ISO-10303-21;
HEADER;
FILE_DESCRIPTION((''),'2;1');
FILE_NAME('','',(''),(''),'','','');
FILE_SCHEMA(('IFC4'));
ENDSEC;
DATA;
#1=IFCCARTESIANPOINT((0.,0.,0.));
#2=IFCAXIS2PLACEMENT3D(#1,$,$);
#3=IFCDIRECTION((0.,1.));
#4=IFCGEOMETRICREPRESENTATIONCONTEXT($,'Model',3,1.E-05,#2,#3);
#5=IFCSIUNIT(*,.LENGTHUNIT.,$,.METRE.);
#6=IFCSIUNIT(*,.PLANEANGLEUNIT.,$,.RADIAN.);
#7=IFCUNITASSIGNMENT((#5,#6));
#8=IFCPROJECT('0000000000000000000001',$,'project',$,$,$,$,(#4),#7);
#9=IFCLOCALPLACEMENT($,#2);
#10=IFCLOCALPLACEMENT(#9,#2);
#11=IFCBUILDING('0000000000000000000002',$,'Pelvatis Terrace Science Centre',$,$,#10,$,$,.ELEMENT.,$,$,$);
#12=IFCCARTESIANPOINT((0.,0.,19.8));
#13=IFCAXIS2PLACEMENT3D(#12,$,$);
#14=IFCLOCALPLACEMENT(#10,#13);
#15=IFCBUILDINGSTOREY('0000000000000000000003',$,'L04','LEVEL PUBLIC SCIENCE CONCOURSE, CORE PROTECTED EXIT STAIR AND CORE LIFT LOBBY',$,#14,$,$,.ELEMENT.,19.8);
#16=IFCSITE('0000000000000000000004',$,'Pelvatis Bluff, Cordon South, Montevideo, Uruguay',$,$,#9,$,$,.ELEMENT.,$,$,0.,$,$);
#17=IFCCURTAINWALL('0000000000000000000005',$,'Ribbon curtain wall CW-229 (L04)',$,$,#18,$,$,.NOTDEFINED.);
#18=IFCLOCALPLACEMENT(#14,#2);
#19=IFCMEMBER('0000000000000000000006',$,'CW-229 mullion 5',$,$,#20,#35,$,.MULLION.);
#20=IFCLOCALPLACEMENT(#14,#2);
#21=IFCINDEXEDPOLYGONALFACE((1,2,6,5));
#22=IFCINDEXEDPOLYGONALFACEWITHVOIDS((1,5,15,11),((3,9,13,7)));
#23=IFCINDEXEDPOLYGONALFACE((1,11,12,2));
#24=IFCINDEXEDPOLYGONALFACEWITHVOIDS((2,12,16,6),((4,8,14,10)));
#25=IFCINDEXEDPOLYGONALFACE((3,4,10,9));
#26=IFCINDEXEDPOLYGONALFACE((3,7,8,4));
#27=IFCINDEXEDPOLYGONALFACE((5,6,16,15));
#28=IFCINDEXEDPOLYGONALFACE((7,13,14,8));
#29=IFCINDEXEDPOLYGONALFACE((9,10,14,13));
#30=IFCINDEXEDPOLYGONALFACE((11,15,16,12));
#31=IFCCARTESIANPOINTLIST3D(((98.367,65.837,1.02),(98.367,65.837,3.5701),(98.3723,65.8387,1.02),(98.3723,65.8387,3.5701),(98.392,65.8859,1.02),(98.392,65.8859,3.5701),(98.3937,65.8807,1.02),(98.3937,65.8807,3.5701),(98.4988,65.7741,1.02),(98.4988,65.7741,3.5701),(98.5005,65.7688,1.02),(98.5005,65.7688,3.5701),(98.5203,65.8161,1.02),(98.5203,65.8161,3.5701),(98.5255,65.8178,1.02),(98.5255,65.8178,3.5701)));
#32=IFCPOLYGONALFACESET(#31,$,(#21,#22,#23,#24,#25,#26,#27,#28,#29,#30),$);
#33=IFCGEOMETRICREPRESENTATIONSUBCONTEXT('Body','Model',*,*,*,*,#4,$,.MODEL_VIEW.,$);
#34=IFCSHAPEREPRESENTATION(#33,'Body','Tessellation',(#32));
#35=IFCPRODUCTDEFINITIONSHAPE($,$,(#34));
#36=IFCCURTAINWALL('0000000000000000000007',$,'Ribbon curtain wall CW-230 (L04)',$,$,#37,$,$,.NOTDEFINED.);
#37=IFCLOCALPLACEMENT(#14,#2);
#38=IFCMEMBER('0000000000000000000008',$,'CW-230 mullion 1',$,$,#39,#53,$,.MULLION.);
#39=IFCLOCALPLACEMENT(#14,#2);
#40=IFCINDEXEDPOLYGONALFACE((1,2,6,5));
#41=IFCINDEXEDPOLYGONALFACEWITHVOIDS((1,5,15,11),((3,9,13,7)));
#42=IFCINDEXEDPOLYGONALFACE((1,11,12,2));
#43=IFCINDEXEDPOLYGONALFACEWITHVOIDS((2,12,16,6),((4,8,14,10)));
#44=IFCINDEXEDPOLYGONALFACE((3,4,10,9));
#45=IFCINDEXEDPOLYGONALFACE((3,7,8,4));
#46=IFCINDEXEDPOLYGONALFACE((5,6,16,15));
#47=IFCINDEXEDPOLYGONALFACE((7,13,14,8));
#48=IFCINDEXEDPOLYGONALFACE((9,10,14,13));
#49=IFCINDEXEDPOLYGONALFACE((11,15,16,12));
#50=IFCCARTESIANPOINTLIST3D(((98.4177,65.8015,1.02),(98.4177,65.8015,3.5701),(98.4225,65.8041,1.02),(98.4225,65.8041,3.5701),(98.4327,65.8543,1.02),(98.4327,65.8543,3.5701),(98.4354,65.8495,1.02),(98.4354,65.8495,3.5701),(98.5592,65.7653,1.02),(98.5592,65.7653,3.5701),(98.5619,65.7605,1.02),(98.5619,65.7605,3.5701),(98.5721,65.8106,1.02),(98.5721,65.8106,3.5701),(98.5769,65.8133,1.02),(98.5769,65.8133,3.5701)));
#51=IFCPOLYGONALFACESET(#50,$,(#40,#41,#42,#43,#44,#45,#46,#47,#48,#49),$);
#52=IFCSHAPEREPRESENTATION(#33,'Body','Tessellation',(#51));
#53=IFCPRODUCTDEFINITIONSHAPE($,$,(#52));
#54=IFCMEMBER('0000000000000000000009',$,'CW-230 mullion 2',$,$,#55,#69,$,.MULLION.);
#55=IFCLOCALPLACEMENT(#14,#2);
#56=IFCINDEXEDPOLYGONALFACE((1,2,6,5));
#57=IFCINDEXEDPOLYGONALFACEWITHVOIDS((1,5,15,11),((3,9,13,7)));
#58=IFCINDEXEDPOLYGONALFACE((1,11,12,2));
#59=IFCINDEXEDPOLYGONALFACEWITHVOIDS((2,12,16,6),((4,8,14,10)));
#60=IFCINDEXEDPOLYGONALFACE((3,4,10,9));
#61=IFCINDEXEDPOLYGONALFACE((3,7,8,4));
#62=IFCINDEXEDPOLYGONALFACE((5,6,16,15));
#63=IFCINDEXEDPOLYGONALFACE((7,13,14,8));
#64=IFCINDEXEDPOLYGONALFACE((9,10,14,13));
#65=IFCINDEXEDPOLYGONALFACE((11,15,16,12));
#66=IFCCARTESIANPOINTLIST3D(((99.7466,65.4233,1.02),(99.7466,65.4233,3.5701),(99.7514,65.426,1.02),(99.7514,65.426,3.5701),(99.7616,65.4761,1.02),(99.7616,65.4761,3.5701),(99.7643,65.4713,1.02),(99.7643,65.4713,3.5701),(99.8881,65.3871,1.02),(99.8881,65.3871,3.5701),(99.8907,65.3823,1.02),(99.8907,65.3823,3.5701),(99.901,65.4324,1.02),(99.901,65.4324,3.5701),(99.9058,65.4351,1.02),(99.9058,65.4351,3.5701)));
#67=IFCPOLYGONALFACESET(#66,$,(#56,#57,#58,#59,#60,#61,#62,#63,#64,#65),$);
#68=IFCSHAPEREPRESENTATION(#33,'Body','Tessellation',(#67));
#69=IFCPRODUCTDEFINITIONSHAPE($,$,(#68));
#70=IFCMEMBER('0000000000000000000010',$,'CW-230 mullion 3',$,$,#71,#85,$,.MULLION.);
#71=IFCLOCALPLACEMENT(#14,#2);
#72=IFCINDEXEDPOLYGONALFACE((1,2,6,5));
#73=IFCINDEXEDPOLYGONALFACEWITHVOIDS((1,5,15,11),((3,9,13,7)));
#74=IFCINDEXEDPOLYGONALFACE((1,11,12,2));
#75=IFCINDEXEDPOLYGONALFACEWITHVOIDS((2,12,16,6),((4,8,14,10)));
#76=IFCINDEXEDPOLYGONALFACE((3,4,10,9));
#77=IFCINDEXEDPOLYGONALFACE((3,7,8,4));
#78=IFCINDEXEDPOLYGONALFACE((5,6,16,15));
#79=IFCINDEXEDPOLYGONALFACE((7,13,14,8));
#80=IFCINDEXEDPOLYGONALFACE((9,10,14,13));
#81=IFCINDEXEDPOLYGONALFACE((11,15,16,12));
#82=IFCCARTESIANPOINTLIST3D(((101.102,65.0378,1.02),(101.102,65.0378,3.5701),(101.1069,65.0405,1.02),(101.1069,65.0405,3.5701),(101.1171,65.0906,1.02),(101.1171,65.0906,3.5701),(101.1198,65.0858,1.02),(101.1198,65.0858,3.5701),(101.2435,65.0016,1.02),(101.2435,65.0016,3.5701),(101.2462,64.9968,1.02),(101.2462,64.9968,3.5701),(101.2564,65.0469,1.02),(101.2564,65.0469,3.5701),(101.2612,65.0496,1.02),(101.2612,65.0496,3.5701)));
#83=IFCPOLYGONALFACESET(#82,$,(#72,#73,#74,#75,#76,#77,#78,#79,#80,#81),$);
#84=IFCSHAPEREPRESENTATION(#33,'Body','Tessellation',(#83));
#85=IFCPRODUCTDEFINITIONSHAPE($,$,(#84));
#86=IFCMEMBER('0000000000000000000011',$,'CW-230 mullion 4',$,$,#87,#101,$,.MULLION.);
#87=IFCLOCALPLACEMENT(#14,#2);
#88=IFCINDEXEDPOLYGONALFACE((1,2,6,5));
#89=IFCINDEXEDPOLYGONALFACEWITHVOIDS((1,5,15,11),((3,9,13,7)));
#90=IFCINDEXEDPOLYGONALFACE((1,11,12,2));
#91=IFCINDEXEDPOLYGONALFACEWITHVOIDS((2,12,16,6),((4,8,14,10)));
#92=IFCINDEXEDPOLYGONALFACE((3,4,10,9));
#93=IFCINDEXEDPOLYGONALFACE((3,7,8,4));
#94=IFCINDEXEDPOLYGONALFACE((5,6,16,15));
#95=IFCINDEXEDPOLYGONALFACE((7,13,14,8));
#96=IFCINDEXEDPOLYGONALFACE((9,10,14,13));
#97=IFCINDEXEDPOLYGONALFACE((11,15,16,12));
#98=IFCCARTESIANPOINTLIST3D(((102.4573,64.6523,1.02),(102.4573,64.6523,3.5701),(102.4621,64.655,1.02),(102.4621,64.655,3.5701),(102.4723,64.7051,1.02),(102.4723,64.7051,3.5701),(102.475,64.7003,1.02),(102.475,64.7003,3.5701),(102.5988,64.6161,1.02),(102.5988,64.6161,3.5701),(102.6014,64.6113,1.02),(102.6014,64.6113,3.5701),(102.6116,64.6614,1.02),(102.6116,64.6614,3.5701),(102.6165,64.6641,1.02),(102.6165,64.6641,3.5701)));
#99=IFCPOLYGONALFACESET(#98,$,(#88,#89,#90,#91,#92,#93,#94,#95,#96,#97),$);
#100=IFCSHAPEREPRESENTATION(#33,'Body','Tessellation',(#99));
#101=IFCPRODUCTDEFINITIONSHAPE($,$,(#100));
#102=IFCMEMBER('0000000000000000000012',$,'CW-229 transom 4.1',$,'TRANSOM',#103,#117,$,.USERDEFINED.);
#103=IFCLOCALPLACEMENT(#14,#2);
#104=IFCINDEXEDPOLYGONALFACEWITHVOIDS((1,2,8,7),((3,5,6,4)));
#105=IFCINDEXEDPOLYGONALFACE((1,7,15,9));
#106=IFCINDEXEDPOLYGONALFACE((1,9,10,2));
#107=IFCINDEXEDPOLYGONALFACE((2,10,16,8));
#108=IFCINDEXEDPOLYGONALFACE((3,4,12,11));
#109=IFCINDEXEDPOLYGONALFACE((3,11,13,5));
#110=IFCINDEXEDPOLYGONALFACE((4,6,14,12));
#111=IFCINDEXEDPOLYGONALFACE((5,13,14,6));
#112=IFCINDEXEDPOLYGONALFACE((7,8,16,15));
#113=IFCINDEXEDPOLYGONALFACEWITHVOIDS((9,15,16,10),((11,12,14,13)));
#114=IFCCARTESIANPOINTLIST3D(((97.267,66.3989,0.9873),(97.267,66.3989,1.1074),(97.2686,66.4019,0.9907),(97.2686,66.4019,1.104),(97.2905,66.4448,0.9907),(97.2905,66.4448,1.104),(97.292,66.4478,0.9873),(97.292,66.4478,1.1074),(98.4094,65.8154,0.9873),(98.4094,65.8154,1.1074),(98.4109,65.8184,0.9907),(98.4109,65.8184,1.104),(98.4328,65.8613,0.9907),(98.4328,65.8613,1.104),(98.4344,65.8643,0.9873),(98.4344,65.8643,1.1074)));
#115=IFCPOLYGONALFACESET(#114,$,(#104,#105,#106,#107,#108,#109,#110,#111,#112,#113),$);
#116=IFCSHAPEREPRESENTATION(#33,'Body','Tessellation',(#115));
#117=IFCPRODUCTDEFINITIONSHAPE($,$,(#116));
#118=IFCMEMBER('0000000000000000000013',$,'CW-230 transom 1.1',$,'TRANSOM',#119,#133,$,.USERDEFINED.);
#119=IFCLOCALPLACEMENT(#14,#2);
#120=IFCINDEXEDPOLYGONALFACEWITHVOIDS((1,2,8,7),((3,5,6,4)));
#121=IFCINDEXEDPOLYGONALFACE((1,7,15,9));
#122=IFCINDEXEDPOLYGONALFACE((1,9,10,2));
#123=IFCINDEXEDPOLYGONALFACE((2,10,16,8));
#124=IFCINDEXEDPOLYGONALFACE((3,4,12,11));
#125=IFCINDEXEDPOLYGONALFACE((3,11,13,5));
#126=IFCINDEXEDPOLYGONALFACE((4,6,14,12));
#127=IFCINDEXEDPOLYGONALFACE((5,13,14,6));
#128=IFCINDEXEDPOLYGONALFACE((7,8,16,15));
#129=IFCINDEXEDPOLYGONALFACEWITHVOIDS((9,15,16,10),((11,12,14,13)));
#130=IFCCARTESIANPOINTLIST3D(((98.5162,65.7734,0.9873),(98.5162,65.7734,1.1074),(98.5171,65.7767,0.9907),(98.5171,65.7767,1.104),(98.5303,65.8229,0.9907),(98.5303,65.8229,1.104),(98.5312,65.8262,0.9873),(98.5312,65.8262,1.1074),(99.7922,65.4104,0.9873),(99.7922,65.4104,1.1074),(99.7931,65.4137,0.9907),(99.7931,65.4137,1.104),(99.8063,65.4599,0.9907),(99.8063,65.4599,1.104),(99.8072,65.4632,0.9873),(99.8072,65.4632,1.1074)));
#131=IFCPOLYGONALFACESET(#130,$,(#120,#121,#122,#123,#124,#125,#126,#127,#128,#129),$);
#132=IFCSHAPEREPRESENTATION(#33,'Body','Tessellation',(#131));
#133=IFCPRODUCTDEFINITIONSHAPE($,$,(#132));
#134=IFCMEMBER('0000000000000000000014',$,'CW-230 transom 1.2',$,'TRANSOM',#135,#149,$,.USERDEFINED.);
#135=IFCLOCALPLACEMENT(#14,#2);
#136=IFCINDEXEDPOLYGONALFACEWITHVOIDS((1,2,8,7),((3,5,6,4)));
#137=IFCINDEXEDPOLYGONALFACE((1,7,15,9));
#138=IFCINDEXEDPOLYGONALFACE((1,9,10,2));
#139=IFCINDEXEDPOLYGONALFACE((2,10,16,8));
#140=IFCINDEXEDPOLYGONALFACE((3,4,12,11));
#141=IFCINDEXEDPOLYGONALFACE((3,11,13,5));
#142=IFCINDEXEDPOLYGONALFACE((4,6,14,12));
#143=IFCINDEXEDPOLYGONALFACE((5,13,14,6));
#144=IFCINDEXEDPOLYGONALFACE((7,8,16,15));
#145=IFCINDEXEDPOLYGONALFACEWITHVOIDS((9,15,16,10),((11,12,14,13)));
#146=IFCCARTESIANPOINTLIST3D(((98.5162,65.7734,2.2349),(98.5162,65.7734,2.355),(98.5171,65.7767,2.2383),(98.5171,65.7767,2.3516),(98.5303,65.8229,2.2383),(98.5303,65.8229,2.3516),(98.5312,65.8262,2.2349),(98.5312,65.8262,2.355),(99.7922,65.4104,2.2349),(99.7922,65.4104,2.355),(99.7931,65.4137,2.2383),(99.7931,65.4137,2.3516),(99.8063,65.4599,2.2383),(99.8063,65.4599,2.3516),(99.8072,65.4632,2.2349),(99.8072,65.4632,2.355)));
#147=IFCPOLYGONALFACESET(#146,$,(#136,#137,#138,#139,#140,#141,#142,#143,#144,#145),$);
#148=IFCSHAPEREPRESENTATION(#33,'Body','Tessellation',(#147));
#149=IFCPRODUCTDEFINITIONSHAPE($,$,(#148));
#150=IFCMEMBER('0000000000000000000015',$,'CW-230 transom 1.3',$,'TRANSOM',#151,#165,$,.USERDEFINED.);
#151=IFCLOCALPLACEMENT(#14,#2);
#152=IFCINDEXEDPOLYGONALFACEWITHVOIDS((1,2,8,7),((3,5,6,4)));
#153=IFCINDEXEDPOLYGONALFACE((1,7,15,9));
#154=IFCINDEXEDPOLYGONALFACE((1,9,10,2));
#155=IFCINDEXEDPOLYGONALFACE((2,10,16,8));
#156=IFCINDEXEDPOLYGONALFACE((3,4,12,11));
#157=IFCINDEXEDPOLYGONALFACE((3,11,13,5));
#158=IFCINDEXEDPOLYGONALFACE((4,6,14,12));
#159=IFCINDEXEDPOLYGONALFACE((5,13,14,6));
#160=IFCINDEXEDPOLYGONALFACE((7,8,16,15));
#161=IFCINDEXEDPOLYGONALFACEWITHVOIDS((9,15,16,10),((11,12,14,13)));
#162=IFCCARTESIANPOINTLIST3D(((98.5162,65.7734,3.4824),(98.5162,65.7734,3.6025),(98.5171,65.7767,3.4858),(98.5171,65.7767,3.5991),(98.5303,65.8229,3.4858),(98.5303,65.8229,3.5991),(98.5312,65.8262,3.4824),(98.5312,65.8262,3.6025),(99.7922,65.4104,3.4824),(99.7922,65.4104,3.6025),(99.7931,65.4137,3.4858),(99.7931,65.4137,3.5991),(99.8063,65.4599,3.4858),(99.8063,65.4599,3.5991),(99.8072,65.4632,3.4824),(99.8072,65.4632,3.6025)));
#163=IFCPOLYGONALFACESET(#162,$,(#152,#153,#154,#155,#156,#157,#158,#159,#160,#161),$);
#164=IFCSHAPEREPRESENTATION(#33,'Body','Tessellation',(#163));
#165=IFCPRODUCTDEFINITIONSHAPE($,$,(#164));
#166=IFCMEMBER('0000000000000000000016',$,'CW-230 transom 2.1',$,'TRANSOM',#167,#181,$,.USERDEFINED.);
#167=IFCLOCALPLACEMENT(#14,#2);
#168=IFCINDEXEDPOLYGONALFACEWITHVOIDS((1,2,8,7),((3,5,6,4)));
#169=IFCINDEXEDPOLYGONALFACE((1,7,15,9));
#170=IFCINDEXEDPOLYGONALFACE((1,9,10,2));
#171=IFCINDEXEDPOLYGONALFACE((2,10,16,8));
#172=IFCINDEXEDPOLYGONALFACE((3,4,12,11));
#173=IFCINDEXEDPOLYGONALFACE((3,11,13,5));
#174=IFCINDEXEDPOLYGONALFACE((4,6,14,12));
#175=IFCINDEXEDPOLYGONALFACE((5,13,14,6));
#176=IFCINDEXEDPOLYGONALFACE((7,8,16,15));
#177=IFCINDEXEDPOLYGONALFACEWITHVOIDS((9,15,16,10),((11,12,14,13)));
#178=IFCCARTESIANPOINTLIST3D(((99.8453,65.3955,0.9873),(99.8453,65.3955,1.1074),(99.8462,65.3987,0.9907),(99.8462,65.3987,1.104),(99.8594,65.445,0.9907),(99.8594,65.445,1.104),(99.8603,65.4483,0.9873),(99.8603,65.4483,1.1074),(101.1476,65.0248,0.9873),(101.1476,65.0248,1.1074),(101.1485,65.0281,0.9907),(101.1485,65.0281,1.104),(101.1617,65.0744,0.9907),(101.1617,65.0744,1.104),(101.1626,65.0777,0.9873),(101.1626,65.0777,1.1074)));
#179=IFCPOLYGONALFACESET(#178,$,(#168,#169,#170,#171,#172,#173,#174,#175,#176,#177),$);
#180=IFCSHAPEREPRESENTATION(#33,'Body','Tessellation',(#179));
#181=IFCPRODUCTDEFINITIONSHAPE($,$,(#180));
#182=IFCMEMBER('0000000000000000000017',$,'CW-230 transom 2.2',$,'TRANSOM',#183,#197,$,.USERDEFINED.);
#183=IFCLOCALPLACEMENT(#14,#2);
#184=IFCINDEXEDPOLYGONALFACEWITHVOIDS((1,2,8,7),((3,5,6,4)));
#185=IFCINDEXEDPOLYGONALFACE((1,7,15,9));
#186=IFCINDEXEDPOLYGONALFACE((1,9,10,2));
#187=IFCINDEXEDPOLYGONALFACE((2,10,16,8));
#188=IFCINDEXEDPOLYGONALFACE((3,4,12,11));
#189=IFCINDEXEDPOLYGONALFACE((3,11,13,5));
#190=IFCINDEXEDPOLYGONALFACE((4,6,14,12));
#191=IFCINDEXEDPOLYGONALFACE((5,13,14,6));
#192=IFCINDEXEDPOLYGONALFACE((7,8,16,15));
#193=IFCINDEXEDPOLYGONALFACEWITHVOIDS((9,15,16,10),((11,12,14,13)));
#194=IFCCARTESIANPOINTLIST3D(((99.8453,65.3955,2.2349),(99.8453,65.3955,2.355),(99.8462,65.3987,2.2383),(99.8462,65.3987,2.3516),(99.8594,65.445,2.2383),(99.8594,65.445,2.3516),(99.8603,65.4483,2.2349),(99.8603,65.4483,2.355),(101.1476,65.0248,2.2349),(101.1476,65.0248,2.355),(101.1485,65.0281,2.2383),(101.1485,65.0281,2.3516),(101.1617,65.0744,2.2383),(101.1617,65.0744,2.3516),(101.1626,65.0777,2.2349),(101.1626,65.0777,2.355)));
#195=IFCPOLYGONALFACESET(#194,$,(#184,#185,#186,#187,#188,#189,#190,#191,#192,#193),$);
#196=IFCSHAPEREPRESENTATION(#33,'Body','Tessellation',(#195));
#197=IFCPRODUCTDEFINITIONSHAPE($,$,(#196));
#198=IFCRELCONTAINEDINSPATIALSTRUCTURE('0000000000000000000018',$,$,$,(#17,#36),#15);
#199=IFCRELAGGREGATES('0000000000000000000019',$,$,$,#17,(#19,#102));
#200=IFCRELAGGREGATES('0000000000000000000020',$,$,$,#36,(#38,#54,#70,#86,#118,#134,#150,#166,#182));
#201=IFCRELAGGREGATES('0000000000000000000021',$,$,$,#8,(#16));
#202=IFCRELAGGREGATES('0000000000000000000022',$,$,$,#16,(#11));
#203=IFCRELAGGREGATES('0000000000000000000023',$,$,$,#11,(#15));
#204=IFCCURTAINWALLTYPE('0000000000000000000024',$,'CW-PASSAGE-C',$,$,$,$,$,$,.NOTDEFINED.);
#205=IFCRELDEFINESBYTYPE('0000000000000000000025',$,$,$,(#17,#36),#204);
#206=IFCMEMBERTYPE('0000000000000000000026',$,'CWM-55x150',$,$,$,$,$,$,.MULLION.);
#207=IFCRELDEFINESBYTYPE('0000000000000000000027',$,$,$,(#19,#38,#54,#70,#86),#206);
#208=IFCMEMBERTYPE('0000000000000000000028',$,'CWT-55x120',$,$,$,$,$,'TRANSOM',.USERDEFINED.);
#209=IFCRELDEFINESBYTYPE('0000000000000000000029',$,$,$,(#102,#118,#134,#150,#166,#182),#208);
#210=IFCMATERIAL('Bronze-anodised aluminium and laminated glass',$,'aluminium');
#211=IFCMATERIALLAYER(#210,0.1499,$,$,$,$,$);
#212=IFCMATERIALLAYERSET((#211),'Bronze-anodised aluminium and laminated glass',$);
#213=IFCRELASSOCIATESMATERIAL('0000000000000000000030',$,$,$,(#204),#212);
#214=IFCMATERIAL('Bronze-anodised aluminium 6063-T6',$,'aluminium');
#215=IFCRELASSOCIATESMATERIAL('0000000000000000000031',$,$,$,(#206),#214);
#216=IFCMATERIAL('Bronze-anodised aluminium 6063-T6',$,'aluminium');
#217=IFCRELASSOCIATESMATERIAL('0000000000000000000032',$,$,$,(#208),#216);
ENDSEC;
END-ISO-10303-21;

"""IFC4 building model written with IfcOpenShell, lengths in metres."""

from ifc_helpers import new_model, si_unit, direction, frame, origin, origin_2d, place, context, subcontext, project, spatial, hollow_rectangle, extrude, material, layer, layer_set, material_profile, profile_set, type_object, element, aggregate, save


model = new_model("IFC4")

# Units and contexts
model_context = context("Model", 3, precision=1e-05, world=origin(), true_north=direction((0.0, 1.0)))
body_context = subcontext(model_context, "Body", "Model", "MODEL_VIEW")
ifc_project = project(units=[si_unit("LENGTHUNIT", "METRE"), si_unit("PLANEANGLEUNIT", "RADIAN")], contexts=[model_context])

# Site, building, storey
site_placement = place(None, origin())
site = spatial("IfcSite", under=ifc_project, at=site_placement, Name="Pelvatis Bluff, Cordon South, Montevideo, Uruguay", CompositionType="ELEMENT", RefElevation=0.0)
building_placement = place(site_placement, origin())
building = spatial("IfcBuilding", under=site, at=building_placement, Name="Pelvatis Terrace Science Centre", CompositionType="ELEMENT")
storey_placement = place(building_placement, frame((0.0, 0.0, 19.8)))
storey = spatial("IfcBuildingStorey", under=building, at=storey_placement, Name="L04", Description="LEVEL PUBLIC SCIENCE CONCOURSE, CORE PROTECTED EXIT STAIR AND CORE LIFT LOBBY", CompositionType="ELEMENT", Elevation=19.8)

# Curtain wall, member
ifc_material_1 = material(Name="Bronze-anodised aluminium and laminated glass", Category="aluminium")
ifc_layer_1 = layer(ifc_material_1, 0.1499)
ifc_layer_set_1 = layer_set([ifc_layer_1], Name="Bronze-anodised aluminium and laminated glass")
curtain_wall_type = type_object("IfcCurtainWallType", Name="CW-PASSAGE-C", PredefinedType="NOTDEFINED", material=ifc_layer_set_1)
curtain_wall_1_placement = place(storey_placement, origin())
curtain_wall_1 = element("IfcCurtainWall", 1, at=curtain_wall_1_placement, inside=storey, type_object=curtain_wall_type, Name="Ribbon curtain wall CW-229 (L04)", PredefinedType="NOTDEFINED")
ifc_material_2 = material(Name="Bronze-anodised aluminium 6063-T6", Category="aluminium")
ifc_material_profile_1 = material_profile(ifc_material_2, hollow_rectangle(XDim=0.0549, YDim=0.1499, WallThickness=0.0039, at=origin_2d()), Name="ALU-MUL 55x150")
ifc_profile_set_1 = profile_set([ifc_material_profile_1], Name="Bronze-anodised aluminium 6063-T6")
member_type_1 = type_object("IfcMemberType", Name="CWM-55x150", PredefinedType="MULLION", material=ifc_profile_set_1)
member_1_placement = place(storey_placement, frame((98.4463, 65.8274, 1.02), z_axis=(0.0, 0.0, 1.0), x_axis=(0.454859, 0.890564, 0.0)))
member_1 = element("IfcMember", 2, at=member_1_placement, type_object=member_type_1, Name="CW-229 mullion 5", PredefinedType="MULLION", context=body_context, shape_type="SweptSolid", body=[
    extrude(hollow_rectangle(XDim=0.0549, YDim=0.1499, WallThickness=0.0039, at=origin_2d()), origin(), (0.0, 0.0, 1.0), 2.55),
])

# Curtain wall, members
curtain_wall_2_placement = place(storey_placement, origin())
curtain_wall_2 = element("IfcCurtainWall", 3, at=curtain_wall_2_placement, inside=storey, type_object=curtain_wall_type, Name="Ribbon curtain wall CW-230 (L04)", PredefinedType="NOTDEFINED")
member_2_placement = place(storey_placement, frame((98.4973, 65.8074, 1.02), z_axis=(0.0, 0.0, 1.0), x_axis=(0.273577, 0.96185, 0.0)))
member_2 = element("IfcMember", 4, at=member_2_placement, type_object=member_type_1, Name="CW-230 mullion 1", PredefinedType="MULLION", context=body_context, shape_type="SweptSolid", body=[
    extrude(hollow_rectangle(XDim=0.0549, YDim=0.1499, WallThickness=0.0039, at=origin_2d()), origin(), (0.0, 0.0, 1.0), 2.55),
])
member_3_placement = place(storey_placement, frame((99.8262, 65.4292, 1.02), z_axis=(0.0, 0.0, 1.0), x_axis=(0.273577, 0.96185, 0.0)))
member_3 = element("IfcMember", 5, at=member_3_placement, type_object=member_type_1, Name="CW-230 mullion 2", PredefinedType="MULLION", context=body_context, shape_type="SweptSolid", body=[
    extrude(hollow_rectangle(XDim=0.0549, YDim=0.1499, WallThickness=0.0039, at=origin_2d()), origin(), (0.0, 0.0, 1.0), 2.55),
])
member_4_placement = place(storey_placement, frame((101.1816, 65.0437, 1.02), z_axis=(0.0, 0.0, 1.0), x_axis=(0.273577, 0.96185, 0.0)))
member_4 = element("IfcMember", 6, at=member_4_placement, type_object=member_type_1, Name="CW-230 mullion 3", PredefinedType="MULLION", context=body_context, shape_type="SweptSolid", body=[
    extrude(hollow_rectangle(XDim=0.0549, YDim=0.1499, WallThickness=0.0039, at=origin_2d()), origin(), (0.0, 0.0, 1.0), 2.55),
])
member_5_placement = place(storey_placement, frame((102.5369, 64.6582, 1.02), z_axis=(0.0, 0.0, 1.0), x_axis=(0.273577, 0.96185, 0.0)))
member_5 = element("IfcMember", 7, at=member_5_placement, type_object=member_type_1, Name="CW-230 mullion 4", PredefinedType="MULLION", context=body_context, shape_type="SweptSolid", body=[
    extrude(hollow_rectangle(XDim=0.0549, YDim=0.1499, WallThickness=0.0039, at=origin_2d()), origin(), (0.0, 0.0, 1.0), 2.55),
])

# Members
ifc_material_3 = material(Name="Bronze-anodised aluminium 6063-T6", Category="aluminium")
ifc_material_profile_2 = material_profile(ifc_material_3, hollow_rectangle(XDim=0.0549, YDim=0.1201, WallThickness=0.0034, at=origin_2d()), Name="ALU-TRN 55x120")
ifc_profile_set_2 = profile_set([ifc_material_profile_2], Name="Bronze-anodised aluminium 6063-T6")
member_type_2 = type_object("IfcMemberType", Name="CWT-55x120", ElementType="TRANSOM", PredefinedType="USERDEFINED", material=ifc_profile_set_2)
member_6_placement = place(storey_placement, frame((97.2795, 66.4233, 1.0474), z_axis=(0.890549, -0.454886, 0.0), x_axis=(0.454886, 0.890549, 0.0)))
member_6 = element("IfcMember", 8, at=member_6_placement, type_object=member_type_2, Name="CW-229 transom 4.1", ObjectType="TRANSOM", PredefinedType="USERDEFINED", context=body_context, shape_type="SweptSolid", body=[
    extrude(hollow_rectangle(XDim=0.0549, YDim=0.1201, WallThickness=0.0034, at=origin_2d()), origin(), (0.0, 0.0, 1.0), 1.2827),
])
member_7_placement = place(storey_placement, frame((98.5237, 65.7998, 1.0474), z_axis=(0.961836, -0.273627, 0.0), x_axis=(0.273627, 0.961836, 0.0)))
member_7 = element("IfcMember", 9, at=member_7_placement, type_object=member_type_2, Name="CW-230 transom 1.1", ObjectType="TRANSOM", PredefinedType="USERDEFINED", context=body_context, shape_type="SweptSolid", body=[
    extrude(hollow_rectangle(XDim=0.0549, YDim=0.1201, WallThickness=0.0034, at=origin_2d()), origin(), (0.0, 0.0, 1.0), 1.3267),
])
member_8_placement = place(storey_placement, frame((98.5237, 65.7998, 2.2949), z_axis=(0.961836, -0.273627, 0.0), x_axis=(0.273627, 0.961836, 0.0)))
member_8 = element("IfcMember", 10, at=member_8_placement, type_object=member_type_2, Name="CW-230 transom 1.2", ObjectType="TRANSOM", PredefinedType="USERDEFINED", context=body_context, shape_type="SweptSolid", body=[
    extrude(hollow_rectangle(XDim=0.0549, YDim=0.1201, WallThickness=0.0034, at=origin_2d()), origin(), (0.0, 0.0, 1.0), 1.3267),
])
member_9_placement = place(storey_placement, frame((98.5237, 65.7998, 3.5425), z_axis=(0.961836, -0.273627, 0.0), x_axis=(0.273627, 0.961836, 0.0)))
member_9 = element("IfcMember", 11, at=member_9_placement, type_object=member_type_2, Name="CW-230 transom 1.3", ObjectType="TRANSOM", PredefinedType="USERDEFINED", context=body_context, shape_type="SweptSolid", body=[
    extrude(hollow_rectangle(XDim=0.0549, YDim=0.1201, WallThickness=0.0034, at=origin_2d()), origin(), (0.0, 0.0, 1.0), 1.3267),
])
member_10_placement = place(storey_placement, frame((99.8528, 65.4219, 1.0474), z_axis=(0.961809, -0.273721, 0.0), x_axis=(0.273721, 0.961809, 0.0)))
member_10 = element("IfcMember", 12, at=member_10_placement, type_object=member_type_2, Name="CW-230 transom 2.1", ObjectType="TRANSOM", PredefinedType="USERDEFINED", context=body_context, shape_type="SweptSolid", body=[
    extrude(hollow_rectangle(XDim=0.0549, YDim=0.1201, WallThickness=0.0034, at=origin_2d()), origin(), (0.0, 0.0, 1.0), 1.354),
])
member_11_placement = place(storey_placement, frame((99.8528, 65.4219, 2.2949), z_axis=(0.961809, -0.273721, 0.0), x_axis=(0.273721, 0.961809, 0.0)))
member_11 = element("IfcMember", 13, at=member_11_placement, type_object=member_type_2, Name="CW-230 transom 2.2", ObjectType="TRANSOM", PredefinedType="USERDEFINED", context=body_context, shape_type="SweptSolid", body=[
    extrude(hollow_rectangle(XDim=0.0549, YDim=0.1201, WallThickness=0.0034, at=origin_2d()), origin(), (0.0, 0.0, 1.0), 1.354),
])

aggregate(curtain_wall_1, [member_1, member_6])
aggregate(curtain_wall_2, [member_2, member_3, member_4, member_5, member_7, member_8, member_9, member_10, member_11])

save(model, "model.ifc")
